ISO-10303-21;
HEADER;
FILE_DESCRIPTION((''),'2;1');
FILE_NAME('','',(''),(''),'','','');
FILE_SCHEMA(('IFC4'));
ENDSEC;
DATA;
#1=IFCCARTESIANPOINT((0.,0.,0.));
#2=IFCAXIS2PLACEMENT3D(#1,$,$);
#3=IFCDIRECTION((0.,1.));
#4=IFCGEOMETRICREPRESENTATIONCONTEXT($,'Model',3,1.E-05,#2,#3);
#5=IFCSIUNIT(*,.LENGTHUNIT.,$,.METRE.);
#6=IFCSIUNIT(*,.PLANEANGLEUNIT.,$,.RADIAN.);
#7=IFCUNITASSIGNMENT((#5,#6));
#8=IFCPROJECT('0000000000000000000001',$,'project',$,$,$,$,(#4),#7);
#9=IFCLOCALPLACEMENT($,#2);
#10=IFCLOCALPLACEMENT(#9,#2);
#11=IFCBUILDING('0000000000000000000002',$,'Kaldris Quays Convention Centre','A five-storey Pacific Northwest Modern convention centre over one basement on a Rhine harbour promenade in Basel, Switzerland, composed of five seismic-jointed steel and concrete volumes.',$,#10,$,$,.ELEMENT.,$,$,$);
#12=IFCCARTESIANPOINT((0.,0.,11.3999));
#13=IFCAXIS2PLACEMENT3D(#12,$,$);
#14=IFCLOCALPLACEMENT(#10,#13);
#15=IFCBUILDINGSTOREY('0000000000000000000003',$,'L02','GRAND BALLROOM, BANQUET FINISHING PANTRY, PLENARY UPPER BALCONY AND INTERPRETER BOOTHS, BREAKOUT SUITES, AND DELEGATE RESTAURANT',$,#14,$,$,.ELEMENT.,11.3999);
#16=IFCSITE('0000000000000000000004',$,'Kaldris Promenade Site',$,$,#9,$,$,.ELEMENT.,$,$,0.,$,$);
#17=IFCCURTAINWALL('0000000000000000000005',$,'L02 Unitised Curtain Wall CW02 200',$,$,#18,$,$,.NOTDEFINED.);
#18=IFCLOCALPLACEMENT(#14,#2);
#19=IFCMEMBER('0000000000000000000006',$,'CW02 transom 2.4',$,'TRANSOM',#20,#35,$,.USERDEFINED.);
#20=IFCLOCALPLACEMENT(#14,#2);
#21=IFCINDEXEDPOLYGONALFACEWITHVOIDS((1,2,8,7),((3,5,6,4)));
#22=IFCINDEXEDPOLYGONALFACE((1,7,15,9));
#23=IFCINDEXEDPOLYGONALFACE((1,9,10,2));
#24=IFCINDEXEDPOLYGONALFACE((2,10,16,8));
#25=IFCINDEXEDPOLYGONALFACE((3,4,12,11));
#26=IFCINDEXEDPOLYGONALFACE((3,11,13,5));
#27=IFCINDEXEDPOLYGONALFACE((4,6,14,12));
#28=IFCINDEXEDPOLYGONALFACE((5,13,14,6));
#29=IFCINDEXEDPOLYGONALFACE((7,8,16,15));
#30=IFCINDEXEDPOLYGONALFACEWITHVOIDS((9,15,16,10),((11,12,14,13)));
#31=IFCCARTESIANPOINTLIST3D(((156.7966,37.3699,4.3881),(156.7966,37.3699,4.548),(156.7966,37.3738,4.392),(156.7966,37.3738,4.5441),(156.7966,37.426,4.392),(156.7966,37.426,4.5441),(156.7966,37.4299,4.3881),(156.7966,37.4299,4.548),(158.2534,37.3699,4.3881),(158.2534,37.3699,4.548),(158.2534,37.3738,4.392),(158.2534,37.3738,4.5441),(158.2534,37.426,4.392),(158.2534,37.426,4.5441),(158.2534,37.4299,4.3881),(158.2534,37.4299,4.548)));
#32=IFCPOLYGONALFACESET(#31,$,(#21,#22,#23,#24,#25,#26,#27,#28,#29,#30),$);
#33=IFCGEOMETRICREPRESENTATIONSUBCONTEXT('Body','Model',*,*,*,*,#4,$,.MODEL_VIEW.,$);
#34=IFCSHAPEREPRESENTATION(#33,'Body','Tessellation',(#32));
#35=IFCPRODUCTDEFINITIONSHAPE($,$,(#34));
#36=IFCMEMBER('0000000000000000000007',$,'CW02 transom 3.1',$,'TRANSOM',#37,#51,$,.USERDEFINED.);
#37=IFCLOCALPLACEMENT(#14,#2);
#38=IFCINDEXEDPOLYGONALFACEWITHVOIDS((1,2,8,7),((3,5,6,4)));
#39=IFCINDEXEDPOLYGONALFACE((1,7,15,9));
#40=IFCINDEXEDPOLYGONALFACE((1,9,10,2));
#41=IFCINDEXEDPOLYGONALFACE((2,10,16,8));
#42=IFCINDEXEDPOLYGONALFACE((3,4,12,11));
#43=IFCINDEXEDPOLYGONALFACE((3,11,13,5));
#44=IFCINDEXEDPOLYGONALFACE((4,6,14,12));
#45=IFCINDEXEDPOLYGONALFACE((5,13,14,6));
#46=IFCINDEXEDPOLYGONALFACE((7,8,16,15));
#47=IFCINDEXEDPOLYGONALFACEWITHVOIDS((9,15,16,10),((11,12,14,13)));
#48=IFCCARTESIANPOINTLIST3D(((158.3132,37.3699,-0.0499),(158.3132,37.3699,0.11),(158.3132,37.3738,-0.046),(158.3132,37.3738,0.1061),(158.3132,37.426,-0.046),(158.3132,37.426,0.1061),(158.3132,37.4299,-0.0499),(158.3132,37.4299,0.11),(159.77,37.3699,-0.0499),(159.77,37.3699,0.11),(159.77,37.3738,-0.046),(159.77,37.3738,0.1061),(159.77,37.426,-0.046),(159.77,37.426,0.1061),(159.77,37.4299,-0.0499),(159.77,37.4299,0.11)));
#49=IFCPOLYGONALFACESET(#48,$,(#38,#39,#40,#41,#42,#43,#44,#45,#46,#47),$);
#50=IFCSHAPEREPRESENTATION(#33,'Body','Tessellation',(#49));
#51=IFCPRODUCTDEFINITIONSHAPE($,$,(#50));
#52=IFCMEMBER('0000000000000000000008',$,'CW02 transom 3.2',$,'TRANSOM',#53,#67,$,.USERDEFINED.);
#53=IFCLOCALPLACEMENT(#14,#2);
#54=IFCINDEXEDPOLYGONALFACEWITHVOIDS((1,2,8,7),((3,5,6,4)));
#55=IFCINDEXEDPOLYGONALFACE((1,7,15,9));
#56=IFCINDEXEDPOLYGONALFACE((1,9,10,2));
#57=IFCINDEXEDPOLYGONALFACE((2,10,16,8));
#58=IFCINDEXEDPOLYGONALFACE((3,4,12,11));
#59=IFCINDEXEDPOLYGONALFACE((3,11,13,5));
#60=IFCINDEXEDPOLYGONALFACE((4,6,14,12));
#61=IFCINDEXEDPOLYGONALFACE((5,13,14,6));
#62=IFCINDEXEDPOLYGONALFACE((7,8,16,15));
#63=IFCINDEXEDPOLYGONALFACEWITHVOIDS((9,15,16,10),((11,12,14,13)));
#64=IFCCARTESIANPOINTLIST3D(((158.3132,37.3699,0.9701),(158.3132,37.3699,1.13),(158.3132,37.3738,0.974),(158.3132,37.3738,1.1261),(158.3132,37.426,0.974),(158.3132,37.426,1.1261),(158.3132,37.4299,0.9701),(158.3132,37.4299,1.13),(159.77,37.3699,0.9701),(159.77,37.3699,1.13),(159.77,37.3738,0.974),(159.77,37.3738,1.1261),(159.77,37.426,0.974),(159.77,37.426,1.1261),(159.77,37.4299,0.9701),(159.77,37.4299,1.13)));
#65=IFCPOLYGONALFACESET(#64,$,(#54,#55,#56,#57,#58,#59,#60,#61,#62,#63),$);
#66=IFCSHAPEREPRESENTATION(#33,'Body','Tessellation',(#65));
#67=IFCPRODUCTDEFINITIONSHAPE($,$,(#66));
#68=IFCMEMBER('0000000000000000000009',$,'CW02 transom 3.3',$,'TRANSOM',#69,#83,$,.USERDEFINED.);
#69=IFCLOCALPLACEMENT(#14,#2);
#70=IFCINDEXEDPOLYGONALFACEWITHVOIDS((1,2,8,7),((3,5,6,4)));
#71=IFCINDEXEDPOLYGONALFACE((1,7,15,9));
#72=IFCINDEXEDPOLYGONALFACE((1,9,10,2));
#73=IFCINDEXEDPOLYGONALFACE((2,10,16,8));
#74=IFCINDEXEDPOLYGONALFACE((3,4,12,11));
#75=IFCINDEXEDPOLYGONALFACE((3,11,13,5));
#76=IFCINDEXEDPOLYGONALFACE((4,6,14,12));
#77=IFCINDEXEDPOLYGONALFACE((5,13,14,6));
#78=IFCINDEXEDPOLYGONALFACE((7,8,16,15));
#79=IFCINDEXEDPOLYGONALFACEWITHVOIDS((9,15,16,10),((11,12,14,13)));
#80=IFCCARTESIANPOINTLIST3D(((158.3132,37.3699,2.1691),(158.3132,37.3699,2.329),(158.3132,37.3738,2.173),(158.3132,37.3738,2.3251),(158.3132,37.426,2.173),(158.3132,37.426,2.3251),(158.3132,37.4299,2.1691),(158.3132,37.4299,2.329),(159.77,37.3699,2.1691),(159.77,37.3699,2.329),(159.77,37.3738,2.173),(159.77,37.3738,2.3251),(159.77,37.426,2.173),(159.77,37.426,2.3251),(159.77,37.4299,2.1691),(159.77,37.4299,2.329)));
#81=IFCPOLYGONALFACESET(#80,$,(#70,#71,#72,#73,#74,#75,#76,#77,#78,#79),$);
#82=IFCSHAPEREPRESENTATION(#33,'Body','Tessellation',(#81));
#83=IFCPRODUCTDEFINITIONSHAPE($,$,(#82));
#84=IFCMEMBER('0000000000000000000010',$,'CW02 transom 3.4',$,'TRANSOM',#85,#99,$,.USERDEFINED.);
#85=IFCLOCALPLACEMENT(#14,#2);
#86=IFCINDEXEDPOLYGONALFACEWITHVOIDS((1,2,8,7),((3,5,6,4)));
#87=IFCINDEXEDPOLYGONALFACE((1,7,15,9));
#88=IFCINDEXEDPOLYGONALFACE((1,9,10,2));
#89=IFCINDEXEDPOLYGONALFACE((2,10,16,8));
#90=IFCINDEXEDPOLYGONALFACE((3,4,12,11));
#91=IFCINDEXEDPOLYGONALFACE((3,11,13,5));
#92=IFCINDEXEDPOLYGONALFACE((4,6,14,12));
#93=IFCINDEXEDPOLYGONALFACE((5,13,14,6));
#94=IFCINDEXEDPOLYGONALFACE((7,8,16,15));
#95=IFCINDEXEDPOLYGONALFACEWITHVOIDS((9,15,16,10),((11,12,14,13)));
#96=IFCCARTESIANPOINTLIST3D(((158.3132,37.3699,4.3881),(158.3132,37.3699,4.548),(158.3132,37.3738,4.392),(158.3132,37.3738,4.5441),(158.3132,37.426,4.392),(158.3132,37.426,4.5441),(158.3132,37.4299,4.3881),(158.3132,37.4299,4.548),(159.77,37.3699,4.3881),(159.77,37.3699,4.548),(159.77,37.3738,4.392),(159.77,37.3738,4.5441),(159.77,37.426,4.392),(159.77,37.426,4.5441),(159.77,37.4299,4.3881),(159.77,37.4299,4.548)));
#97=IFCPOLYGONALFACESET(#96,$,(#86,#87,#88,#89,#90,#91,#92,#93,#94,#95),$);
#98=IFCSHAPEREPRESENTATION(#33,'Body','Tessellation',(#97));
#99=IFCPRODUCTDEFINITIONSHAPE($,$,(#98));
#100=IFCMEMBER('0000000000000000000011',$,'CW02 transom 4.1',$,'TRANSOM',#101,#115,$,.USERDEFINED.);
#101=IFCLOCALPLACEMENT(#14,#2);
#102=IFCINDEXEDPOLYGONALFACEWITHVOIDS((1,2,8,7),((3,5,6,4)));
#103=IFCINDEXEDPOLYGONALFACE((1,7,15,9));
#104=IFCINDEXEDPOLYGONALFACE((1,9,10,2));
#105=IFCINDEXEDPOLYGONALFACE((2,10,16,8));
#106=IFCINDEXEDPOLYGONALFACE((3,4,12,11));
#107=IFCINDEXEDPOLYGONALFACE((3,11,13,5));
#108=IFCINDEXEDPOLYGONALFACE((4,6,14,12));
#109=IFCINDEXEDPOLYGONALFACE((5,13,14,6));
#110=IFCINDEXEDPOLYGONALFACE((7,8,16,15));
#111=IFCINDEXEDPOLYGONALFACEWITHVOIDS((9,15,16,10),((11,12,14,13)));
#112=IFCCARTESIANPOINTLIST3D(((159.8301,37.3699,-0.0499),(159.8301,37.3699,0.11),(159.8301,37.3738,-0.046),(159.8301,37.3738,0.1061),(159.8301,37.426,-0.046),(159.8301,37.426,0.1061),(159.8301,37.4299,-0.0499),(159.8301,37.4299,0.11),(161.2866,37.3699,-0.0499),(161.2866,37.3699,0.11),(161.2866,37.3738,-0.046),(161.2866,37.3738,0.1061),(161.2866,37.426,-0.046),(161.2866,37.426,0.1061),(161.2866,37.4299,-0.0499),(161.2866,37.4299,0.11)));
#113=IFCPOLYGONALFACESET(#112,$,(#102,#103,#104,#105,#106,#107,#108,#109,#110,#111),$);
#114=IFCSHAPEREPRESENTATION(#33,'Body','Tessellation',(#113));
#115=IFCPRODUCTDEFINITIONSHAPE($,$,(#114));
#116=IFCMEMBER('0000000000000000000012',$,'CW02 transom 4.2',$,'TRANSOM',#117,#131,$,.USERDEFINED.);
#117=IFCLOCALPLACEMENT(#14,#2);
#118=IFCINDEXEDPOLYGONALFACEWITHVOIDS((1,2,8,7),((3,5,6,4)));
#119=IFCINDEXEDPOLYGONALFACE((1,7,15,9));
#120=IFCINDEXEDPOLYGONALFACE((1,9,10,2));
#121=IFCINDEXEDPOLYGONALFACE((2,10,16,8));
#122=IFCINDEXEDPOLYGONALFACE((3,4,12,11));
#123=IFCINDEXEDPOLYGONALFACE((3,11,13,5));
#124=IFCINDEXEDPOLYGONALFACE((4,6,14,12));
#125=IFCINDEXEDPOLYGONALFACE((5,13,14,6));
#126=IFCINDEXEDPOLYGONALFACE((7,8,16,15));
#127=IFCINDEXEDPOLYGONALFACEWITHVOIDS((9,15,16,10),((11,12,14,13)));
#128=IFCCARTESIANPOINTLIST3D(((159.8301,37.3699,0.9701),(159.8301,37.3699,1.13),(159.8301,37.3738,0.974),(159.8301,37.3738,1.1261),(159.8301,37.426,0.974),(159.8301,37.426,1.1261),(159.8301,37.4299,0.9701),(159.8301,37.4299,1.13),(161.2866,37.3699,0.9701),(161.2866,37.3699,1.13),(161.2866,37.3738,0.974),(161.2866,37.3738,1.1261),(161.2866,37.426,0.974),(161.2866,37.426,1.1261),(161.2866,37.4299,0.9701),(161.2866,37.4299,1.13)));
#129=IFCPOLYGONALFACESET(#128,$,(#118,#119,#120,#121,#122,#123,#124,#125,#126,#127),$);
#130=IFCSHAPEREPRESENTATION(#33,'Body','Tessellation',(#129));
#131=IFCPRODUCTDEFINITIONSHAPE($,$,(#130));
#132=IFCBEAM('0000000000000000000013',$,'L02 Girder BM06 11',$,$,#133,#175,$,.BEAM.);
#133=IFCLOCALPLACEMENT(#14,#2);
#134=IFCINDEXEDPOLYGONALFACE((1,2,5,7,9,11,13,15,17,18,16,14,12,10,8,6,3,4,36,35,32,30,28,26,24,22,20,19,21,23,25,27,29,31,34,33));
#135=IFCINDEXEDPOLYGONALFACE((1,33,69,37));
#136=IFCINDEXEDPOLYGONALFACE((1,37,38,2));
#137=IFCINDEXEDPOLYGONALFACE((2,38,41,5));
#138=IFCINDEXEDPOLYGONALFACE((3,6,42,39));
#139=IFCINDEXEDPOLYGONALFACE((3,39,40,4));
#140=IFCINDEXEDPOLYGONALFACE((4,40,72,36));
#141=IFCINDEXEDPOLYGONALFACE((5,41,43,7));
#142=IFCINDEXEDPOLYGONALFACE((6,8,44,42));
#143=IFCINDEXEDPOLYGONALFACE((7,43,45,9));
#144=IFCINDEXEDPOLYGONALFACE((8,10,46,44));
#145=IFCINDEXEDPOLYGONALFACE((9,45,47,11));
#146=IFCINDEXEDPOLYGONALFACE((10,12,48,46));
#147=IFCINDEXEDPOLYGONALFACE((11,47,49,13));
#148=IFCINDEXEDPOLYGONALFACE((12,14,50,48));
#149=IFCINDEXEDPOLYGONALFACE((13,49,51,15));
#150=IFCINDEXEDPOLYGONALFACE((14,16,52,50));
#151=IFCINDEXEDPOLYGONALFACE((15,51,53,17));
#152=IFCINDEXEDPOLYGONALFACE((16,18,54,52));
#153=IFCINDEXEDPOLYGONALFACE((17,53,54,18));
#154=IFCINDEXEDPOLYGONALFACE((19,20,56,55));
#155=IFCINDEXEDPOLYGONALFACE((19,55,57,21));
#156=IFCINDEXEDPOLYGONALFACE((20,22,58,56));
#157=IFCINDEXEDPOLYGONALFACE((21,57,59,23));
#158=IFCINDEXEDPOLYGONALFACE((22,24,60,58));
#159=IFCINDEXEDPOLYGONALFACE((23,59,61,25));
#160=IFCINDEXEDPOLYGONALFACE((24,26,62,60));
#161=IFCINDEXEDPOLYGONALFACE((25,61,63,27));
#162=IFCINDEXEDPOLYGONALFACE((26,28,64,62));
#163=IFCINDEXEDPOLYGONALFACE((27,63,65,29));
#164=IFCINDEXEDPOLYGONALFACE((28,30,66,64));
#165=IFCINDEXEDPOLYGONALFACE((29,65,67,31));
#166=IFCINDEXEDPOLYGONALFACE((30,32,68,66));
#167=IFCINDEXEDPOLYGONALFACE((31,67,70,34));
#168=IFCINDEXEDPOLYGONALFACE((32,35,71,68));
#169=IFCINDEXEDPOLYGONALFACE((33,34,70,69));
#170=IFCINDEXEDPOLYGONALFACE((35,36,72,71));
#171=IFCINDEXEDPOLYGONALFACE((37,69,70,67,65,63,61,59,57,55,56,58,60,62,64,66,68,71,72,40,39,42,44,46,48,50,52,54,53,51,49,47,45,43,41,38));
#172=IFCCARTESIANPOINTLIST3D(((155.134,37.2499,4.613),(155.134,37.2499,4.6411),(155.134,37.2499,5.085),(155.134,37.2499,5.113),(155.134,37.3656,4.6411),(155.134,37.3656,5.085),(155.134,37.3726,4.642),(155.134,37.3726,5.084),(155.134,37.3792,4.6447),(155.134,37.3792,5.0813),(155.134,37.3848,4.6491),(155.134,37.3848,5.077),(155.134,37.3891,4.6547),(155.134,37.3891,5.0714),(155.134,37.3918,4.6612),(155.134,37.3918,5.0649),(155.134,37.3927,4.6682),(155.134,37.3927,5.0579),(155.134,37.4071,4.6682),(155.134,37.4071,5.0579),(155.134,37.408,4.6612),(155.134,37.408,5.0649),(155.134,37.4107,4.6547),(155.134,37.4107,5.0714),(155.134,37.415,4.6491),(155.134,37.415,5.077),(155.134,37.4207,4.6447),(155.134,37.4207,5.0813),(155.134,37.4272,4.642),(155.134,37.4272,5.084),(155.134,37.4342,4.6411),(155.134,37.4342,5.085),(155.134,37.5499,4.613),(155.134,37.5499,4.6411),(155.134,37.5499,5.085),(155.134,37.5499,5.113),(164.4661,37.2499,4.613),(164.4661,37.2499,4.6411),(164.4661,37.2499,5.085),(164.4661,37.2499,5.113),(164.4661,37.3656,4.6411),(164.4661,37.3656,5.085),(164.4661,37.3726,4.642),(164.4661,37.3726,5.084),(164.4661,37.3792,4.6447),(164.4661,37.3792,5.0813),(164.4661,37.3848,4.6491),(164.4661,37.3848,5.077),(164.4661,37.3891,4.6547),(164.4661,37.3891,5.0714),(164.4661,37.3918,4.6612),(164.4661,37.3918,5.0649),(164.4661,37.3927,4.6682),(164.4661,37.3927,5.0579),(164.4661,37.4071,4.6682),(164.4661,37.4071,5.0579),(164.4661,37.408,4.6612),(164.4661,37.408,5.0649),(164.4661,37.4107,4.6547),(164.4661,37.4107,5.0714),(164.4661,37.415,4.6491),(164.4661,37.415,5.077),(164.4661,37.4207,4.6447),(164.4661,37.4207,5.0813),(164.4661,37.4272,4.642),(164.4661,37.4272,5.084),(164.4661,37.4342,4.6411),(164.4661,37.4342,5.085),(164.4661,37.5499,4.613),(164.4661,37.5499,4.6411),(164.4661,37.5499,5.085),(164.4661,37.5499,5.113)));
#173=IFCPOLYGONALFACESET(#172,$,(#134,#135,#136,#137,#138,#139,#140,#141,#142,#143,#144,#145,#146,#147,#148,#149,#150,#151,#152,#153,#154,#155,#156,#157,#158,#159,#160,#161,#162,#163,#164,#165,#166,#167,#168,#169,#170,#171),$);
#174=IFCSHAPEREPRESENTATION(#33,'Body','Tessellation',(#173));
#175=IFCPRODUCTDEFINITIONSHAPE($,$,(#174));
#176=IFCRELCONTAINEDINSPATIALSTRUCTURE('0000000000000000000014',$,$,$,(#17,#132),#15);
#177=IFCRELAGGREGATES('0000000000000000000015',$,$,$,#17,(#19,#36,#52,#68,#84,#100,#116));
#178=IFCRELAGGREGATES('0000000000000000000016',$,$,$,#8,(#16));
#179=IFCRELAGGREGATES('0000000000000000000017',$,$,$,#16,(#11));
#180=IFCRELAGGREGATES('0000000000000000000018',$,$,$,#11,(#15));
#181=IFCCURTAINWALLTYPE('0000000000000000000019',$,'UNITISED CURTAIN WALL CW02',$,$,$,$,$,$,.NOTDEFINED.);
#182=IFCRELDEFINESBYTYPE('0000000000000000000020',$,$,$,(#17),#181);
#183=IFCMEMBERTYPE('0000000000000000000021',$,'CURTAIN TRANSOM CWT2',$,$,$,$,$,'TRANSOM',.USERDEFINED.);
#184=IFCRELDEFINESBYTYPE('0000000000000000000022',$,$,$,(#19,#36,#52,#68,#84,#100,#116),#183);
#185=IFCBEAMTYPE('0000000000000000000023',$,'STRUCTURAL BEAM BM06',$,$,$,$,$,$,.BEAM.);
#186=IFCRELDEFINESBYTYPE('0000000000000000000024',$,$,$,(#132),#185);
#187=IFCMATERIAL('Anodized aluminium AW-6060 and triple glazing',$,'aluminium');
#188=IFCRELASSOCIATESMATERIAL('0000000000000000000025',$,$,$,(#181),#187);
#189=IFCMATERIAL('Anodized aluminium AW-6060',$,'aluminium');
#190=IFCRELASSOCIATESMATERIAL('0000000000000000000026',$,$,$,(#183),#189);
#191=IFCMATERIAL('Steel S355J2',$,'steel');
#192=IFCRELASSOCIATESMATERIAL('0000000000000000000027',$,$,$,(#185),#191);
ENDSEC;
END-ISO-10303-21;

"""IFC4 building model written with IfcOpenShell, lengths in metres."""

from ifc_helpers import new_model, si_unit, direction, frame, origin, origin_2d, place, context, subcontext, project, spatial, hollow_rectangle, i_section, extrude, material, material_profile, profile_set, type_object, element, aggregate, save


model = new_model("IFC4")

# Units and contexts
model_context = context("Model", 3, precision=1e-05, world=origin(), true_north=direction((0.0, 1.0)))
body_context = subcontext(model_context, "Body", "Model", "MODEL_VIEW")
ifc_project = project(units=[si_unit("LENGTHUNIT", "METRE"), si_unit("PLANEANGLEUNIT", "RADIAN")], contexts=[model_context])

# Site, building, storey
site_placement = place(None, origin())
site = spatial("IfcSite", under=ifc_project, at=site_placement, Name="Kaldris Promenade Site", CompositionType="ELEMENT", RefElevation=0.0)
building_placement = place(site_placement, origin())
building = spatial("IfcBuilding", under=site, at=building_placement, Name="Kaldris Quays Convention Centre", Description="A five-storey Pacific Northwest Modern convention centre over one basement on a Rhine harbour promenade in Basel, Switzerland, composed of five seismic-jointed steel and concrete volumes.", CompositionType="ELEMENT")
storey_placement = place(building_placement, frame((0.0, 0.0, 11.3999)))
storey = spatial("IfcBuildingStorey", under=building, at=storey_placement, Name="L02", Description="GRAND BALLROOM, BANQUET FINISHING PANTRY, PLENARY UPPER BALCONY AND INTERPRETER BOOTHS, BREAKOUT SUITES, AND DELEGATE RESTAURANT", CompositionType="ELEMENT", Elevation=11.3999)

# Curtain wall, members
ifc_material_1 = material(Name="Anodized aluminium AW-6060 and triple glazing", Category="aluminium")
curtain_wall_type = type_object("IfcCurtainWallType", Name="UNITISED CURTAIN WALL CW02", PredefinedType="NOTDEFINED", material=ifc_material_1)
curtain_wall_placement = place(storey_placement, origin())
curtain_wall = element("IfcCurtainWall", 1, at=curtain_wall_placement, inside=storey, type_object=curtain_wall_type, Name="L02 Unitised Curtain Wall CW02 200", PredefinedType="NOTDEFINED")
ifc_material_2 = material(Name="Anodized aluminium AW-6060", Category="aluminium")
ifc_material_profile_1 = material_profile(ifc_material_2, hollow_rectangle(XDim=0.0601, YDim=0.1599, WallThickness=0.0039, at=origin_2d()), Name="RHS 160x60x4")
ifc_profile_set_1 = profile_set([ifc_material_profile_1], Name="Anodized aluminium AW-6060")
member_type_1 = type_object("IfcMemberType", Name="CURTAIN TRANSOM CWT2", ElementType="TRANSOM", PredefinedType="USERDEFINED", material=ifc_profile_set_1)
member_1_placement = place(storey_placement, frame((156.7966, 37.3999, 4.468), z_axis=(1.0, 0.0, 0.0), x_axis=(0.0, 1.0, 0.0)))
member_1 = element("IfcMember", 2, at=member_1_placement, type_object=member_type_1, Name="CW02 transom 2.4", ObjectType="TRANSOM", PredefinedType="USERDEFINED", context=body_context, shape_type="SweptSolid", body=[
    extrude(hollow_rectangle(XDim=0.0601, YDim=0.1599, WallThickness=0.0039, at=origin_2d()), origin(), (0.0, 0.0, 1.0), 1.4568),
])
member_2_placement = place(storey_placement, frame((158.3132, 37.3999, 0.03), z_axis=(1.0, 0.0, 0.0), x_axis=(0.0, 1.0, 0.0)))
member_2 = element("IfcMember", 3, at=member_2_placement, type_object=member_type_1, Name="CW02 transom 3.1", ObjectType="TRANSOM", PredefinedType="USERDEFINED", context=body_context, shape_type="SweptSolid", body=[
    extrude(hollow_rectangle(XDim=0.0601, YDim=0.1599, WallThickness=0.0039, at=origin_2d()), origin(), (0.0, 0.0, 1.0), 1.4568),
])
member_3_placement = place(storey_placement, frame((158.3132, 37.3999, 1.05), z_axis=(1.0, 0.0, 0.0), x_axis=(0.0, 1.0, 0.0)))
member_3 = element("IfcMember", 4, at=member_3_placement, type_object=member_type_1, Name="CW02 transom 3.2", ObjectType="TRANSOM", PredefinedType="USERDEFINED", context=body_context, shape_type="SweptSolid", body=[
    extrude(hollow_rectangle(XDim=0.0601, YDim=0.1599, WallThickness=0.0039, at=origin_2d()), origin(), (0.0, 0.0, 1.0), 1.4568),
])
member_4_placement = place(storey_placement, frame((158.3132, 37.3999, 2.249), z_axis=(1.0, 0.0, 0.0), x_axis=(0.0, 1.0, 0.0)))
member_4 = element("IfcMember", 5, at=member_4_placement, type_object=member_type_1, Name="CW02 transom 3.3", ObjectType="TRANSOM", PredefinedType="USERDEFINED", context=body_context, shape_type="SweptSolid", body=[
    extrude(hollow_rectangle(XDim=0.0601, YDim=0.1599, WallThickness=0.0039, at=origin_2d()), origin(), (0.0, 0.0, 1.0), 1.4568),
])
member_5_placement = place(storey_placement, frame((158.3132, 37.3999, 4.468), z_axis=(1.0, 0.0, 0.0), x_axis=(0.0, 1.0, 0.0)))
member_5 = element("IfcMember", 6, at=member_5_placement, type_object=member_type_1, Name="CW02 transom 3.4", ObjectType="TRANSOM", PredefinedType="USERDEFINED", context=body_context, shape_type="SweptSolid", body=[
    extrude(hollow_rectangle(XDim=0.0601, YDim=0.1599, WallThickness=0.0039, at=origin_2d()), origin(), (0.0, 0.0, 1.0), 1.4568),
])
member_6_placement = place(storey_placement, frame((159.8301, 37.3999, 0.03), z_axis=(1.0, 0.0, 0.0), x_axis=(0.0, 1.0, 0.0)))
member_6 = element("IfcMember", 7, at=member_6_placement, type_object=member_type_1, Name="CW02 transom 4.1", ObjectType="TRANSOM", PredefinedType="USERDEFINED", context=body_context, shape_type="SweptSolid", body=[
    extrude(hollow_rectangle(XDim=0.0601, YDim=0.1599, WallThickness=0.0039, at=origin_2d()), origin(), (0.0, 0.0, 1.0), 1.4565),
])
member_7_placement = place(storey_placement, frame((159.8301, 37.3999, 1.05), z_axis=(1.0, 0.0, 0.0), x_axis=(0.0, 1.0, 0.0)))
member_7 = element("IfcMember", 8, at=member_7_placement, type_object=member_type_1, Name="CW02 transom 4.2", ObjectType="TRANSOM", PredefinedType="USERDEFINED", context=body_context, shape_type="SweptSolid", body=[
    extrude(hollow_rectangle(XDim=0.0601, YDim=0.1599, WallThickness=0.0039, at=origin_2d()), origin(), (0.0, 0.0, 1.0), 1.4565),
])

# Beam
ifc_material_3 = material(Name="Steel S355J2", Category="steel")
ifc_material_profile_2 = material_profile(ifc_material_3, i_section(OverallWidth=0.3, OverallDepth=0.5, WebThickness=0.0144, FlangeThickness=0.0281, FilletRadius=0.0271, at=origin_2d()), Name="HEB 500")
ifc_profile_set_2 = profile_set([ifc_material_profile_2], Name="Steel S355J2")
beam_type_1 = type_object("IfcBeamType", Name="STRUCTURAL BEAM BM06", PredefinedType="BEAM", material=ifc_profile_set_2)
beam_placement = place(storey_placement, frame((155.134, 37.3999, 4.863), z_axis=(1.0, 0.0, 0.0), x_axis=(0.0, 1.0, 0.0)))
element("IfcBeam", 9, at=beam_placement, inside=storey, type_object=beam_type_1, Name="L02 Girder BM06 11", PredefinedType="BEAM", context=body_context, shape_type="SweptSolid", body=[
    extrude(i_section(OverallWidth=0.3, OverallDepth=0.5, WebThickness=0.0144, FlangeThickness=0.0281, FilletRadius=0.0271, at=origin_2d()), origin(), (0.0, 0.0, 1.0), 9.332),
])

aggregate(curtain_wall, [member_1, member_2, member_3, member_4, member_5, member_6, member_7])

save(model, "model.ifc")
